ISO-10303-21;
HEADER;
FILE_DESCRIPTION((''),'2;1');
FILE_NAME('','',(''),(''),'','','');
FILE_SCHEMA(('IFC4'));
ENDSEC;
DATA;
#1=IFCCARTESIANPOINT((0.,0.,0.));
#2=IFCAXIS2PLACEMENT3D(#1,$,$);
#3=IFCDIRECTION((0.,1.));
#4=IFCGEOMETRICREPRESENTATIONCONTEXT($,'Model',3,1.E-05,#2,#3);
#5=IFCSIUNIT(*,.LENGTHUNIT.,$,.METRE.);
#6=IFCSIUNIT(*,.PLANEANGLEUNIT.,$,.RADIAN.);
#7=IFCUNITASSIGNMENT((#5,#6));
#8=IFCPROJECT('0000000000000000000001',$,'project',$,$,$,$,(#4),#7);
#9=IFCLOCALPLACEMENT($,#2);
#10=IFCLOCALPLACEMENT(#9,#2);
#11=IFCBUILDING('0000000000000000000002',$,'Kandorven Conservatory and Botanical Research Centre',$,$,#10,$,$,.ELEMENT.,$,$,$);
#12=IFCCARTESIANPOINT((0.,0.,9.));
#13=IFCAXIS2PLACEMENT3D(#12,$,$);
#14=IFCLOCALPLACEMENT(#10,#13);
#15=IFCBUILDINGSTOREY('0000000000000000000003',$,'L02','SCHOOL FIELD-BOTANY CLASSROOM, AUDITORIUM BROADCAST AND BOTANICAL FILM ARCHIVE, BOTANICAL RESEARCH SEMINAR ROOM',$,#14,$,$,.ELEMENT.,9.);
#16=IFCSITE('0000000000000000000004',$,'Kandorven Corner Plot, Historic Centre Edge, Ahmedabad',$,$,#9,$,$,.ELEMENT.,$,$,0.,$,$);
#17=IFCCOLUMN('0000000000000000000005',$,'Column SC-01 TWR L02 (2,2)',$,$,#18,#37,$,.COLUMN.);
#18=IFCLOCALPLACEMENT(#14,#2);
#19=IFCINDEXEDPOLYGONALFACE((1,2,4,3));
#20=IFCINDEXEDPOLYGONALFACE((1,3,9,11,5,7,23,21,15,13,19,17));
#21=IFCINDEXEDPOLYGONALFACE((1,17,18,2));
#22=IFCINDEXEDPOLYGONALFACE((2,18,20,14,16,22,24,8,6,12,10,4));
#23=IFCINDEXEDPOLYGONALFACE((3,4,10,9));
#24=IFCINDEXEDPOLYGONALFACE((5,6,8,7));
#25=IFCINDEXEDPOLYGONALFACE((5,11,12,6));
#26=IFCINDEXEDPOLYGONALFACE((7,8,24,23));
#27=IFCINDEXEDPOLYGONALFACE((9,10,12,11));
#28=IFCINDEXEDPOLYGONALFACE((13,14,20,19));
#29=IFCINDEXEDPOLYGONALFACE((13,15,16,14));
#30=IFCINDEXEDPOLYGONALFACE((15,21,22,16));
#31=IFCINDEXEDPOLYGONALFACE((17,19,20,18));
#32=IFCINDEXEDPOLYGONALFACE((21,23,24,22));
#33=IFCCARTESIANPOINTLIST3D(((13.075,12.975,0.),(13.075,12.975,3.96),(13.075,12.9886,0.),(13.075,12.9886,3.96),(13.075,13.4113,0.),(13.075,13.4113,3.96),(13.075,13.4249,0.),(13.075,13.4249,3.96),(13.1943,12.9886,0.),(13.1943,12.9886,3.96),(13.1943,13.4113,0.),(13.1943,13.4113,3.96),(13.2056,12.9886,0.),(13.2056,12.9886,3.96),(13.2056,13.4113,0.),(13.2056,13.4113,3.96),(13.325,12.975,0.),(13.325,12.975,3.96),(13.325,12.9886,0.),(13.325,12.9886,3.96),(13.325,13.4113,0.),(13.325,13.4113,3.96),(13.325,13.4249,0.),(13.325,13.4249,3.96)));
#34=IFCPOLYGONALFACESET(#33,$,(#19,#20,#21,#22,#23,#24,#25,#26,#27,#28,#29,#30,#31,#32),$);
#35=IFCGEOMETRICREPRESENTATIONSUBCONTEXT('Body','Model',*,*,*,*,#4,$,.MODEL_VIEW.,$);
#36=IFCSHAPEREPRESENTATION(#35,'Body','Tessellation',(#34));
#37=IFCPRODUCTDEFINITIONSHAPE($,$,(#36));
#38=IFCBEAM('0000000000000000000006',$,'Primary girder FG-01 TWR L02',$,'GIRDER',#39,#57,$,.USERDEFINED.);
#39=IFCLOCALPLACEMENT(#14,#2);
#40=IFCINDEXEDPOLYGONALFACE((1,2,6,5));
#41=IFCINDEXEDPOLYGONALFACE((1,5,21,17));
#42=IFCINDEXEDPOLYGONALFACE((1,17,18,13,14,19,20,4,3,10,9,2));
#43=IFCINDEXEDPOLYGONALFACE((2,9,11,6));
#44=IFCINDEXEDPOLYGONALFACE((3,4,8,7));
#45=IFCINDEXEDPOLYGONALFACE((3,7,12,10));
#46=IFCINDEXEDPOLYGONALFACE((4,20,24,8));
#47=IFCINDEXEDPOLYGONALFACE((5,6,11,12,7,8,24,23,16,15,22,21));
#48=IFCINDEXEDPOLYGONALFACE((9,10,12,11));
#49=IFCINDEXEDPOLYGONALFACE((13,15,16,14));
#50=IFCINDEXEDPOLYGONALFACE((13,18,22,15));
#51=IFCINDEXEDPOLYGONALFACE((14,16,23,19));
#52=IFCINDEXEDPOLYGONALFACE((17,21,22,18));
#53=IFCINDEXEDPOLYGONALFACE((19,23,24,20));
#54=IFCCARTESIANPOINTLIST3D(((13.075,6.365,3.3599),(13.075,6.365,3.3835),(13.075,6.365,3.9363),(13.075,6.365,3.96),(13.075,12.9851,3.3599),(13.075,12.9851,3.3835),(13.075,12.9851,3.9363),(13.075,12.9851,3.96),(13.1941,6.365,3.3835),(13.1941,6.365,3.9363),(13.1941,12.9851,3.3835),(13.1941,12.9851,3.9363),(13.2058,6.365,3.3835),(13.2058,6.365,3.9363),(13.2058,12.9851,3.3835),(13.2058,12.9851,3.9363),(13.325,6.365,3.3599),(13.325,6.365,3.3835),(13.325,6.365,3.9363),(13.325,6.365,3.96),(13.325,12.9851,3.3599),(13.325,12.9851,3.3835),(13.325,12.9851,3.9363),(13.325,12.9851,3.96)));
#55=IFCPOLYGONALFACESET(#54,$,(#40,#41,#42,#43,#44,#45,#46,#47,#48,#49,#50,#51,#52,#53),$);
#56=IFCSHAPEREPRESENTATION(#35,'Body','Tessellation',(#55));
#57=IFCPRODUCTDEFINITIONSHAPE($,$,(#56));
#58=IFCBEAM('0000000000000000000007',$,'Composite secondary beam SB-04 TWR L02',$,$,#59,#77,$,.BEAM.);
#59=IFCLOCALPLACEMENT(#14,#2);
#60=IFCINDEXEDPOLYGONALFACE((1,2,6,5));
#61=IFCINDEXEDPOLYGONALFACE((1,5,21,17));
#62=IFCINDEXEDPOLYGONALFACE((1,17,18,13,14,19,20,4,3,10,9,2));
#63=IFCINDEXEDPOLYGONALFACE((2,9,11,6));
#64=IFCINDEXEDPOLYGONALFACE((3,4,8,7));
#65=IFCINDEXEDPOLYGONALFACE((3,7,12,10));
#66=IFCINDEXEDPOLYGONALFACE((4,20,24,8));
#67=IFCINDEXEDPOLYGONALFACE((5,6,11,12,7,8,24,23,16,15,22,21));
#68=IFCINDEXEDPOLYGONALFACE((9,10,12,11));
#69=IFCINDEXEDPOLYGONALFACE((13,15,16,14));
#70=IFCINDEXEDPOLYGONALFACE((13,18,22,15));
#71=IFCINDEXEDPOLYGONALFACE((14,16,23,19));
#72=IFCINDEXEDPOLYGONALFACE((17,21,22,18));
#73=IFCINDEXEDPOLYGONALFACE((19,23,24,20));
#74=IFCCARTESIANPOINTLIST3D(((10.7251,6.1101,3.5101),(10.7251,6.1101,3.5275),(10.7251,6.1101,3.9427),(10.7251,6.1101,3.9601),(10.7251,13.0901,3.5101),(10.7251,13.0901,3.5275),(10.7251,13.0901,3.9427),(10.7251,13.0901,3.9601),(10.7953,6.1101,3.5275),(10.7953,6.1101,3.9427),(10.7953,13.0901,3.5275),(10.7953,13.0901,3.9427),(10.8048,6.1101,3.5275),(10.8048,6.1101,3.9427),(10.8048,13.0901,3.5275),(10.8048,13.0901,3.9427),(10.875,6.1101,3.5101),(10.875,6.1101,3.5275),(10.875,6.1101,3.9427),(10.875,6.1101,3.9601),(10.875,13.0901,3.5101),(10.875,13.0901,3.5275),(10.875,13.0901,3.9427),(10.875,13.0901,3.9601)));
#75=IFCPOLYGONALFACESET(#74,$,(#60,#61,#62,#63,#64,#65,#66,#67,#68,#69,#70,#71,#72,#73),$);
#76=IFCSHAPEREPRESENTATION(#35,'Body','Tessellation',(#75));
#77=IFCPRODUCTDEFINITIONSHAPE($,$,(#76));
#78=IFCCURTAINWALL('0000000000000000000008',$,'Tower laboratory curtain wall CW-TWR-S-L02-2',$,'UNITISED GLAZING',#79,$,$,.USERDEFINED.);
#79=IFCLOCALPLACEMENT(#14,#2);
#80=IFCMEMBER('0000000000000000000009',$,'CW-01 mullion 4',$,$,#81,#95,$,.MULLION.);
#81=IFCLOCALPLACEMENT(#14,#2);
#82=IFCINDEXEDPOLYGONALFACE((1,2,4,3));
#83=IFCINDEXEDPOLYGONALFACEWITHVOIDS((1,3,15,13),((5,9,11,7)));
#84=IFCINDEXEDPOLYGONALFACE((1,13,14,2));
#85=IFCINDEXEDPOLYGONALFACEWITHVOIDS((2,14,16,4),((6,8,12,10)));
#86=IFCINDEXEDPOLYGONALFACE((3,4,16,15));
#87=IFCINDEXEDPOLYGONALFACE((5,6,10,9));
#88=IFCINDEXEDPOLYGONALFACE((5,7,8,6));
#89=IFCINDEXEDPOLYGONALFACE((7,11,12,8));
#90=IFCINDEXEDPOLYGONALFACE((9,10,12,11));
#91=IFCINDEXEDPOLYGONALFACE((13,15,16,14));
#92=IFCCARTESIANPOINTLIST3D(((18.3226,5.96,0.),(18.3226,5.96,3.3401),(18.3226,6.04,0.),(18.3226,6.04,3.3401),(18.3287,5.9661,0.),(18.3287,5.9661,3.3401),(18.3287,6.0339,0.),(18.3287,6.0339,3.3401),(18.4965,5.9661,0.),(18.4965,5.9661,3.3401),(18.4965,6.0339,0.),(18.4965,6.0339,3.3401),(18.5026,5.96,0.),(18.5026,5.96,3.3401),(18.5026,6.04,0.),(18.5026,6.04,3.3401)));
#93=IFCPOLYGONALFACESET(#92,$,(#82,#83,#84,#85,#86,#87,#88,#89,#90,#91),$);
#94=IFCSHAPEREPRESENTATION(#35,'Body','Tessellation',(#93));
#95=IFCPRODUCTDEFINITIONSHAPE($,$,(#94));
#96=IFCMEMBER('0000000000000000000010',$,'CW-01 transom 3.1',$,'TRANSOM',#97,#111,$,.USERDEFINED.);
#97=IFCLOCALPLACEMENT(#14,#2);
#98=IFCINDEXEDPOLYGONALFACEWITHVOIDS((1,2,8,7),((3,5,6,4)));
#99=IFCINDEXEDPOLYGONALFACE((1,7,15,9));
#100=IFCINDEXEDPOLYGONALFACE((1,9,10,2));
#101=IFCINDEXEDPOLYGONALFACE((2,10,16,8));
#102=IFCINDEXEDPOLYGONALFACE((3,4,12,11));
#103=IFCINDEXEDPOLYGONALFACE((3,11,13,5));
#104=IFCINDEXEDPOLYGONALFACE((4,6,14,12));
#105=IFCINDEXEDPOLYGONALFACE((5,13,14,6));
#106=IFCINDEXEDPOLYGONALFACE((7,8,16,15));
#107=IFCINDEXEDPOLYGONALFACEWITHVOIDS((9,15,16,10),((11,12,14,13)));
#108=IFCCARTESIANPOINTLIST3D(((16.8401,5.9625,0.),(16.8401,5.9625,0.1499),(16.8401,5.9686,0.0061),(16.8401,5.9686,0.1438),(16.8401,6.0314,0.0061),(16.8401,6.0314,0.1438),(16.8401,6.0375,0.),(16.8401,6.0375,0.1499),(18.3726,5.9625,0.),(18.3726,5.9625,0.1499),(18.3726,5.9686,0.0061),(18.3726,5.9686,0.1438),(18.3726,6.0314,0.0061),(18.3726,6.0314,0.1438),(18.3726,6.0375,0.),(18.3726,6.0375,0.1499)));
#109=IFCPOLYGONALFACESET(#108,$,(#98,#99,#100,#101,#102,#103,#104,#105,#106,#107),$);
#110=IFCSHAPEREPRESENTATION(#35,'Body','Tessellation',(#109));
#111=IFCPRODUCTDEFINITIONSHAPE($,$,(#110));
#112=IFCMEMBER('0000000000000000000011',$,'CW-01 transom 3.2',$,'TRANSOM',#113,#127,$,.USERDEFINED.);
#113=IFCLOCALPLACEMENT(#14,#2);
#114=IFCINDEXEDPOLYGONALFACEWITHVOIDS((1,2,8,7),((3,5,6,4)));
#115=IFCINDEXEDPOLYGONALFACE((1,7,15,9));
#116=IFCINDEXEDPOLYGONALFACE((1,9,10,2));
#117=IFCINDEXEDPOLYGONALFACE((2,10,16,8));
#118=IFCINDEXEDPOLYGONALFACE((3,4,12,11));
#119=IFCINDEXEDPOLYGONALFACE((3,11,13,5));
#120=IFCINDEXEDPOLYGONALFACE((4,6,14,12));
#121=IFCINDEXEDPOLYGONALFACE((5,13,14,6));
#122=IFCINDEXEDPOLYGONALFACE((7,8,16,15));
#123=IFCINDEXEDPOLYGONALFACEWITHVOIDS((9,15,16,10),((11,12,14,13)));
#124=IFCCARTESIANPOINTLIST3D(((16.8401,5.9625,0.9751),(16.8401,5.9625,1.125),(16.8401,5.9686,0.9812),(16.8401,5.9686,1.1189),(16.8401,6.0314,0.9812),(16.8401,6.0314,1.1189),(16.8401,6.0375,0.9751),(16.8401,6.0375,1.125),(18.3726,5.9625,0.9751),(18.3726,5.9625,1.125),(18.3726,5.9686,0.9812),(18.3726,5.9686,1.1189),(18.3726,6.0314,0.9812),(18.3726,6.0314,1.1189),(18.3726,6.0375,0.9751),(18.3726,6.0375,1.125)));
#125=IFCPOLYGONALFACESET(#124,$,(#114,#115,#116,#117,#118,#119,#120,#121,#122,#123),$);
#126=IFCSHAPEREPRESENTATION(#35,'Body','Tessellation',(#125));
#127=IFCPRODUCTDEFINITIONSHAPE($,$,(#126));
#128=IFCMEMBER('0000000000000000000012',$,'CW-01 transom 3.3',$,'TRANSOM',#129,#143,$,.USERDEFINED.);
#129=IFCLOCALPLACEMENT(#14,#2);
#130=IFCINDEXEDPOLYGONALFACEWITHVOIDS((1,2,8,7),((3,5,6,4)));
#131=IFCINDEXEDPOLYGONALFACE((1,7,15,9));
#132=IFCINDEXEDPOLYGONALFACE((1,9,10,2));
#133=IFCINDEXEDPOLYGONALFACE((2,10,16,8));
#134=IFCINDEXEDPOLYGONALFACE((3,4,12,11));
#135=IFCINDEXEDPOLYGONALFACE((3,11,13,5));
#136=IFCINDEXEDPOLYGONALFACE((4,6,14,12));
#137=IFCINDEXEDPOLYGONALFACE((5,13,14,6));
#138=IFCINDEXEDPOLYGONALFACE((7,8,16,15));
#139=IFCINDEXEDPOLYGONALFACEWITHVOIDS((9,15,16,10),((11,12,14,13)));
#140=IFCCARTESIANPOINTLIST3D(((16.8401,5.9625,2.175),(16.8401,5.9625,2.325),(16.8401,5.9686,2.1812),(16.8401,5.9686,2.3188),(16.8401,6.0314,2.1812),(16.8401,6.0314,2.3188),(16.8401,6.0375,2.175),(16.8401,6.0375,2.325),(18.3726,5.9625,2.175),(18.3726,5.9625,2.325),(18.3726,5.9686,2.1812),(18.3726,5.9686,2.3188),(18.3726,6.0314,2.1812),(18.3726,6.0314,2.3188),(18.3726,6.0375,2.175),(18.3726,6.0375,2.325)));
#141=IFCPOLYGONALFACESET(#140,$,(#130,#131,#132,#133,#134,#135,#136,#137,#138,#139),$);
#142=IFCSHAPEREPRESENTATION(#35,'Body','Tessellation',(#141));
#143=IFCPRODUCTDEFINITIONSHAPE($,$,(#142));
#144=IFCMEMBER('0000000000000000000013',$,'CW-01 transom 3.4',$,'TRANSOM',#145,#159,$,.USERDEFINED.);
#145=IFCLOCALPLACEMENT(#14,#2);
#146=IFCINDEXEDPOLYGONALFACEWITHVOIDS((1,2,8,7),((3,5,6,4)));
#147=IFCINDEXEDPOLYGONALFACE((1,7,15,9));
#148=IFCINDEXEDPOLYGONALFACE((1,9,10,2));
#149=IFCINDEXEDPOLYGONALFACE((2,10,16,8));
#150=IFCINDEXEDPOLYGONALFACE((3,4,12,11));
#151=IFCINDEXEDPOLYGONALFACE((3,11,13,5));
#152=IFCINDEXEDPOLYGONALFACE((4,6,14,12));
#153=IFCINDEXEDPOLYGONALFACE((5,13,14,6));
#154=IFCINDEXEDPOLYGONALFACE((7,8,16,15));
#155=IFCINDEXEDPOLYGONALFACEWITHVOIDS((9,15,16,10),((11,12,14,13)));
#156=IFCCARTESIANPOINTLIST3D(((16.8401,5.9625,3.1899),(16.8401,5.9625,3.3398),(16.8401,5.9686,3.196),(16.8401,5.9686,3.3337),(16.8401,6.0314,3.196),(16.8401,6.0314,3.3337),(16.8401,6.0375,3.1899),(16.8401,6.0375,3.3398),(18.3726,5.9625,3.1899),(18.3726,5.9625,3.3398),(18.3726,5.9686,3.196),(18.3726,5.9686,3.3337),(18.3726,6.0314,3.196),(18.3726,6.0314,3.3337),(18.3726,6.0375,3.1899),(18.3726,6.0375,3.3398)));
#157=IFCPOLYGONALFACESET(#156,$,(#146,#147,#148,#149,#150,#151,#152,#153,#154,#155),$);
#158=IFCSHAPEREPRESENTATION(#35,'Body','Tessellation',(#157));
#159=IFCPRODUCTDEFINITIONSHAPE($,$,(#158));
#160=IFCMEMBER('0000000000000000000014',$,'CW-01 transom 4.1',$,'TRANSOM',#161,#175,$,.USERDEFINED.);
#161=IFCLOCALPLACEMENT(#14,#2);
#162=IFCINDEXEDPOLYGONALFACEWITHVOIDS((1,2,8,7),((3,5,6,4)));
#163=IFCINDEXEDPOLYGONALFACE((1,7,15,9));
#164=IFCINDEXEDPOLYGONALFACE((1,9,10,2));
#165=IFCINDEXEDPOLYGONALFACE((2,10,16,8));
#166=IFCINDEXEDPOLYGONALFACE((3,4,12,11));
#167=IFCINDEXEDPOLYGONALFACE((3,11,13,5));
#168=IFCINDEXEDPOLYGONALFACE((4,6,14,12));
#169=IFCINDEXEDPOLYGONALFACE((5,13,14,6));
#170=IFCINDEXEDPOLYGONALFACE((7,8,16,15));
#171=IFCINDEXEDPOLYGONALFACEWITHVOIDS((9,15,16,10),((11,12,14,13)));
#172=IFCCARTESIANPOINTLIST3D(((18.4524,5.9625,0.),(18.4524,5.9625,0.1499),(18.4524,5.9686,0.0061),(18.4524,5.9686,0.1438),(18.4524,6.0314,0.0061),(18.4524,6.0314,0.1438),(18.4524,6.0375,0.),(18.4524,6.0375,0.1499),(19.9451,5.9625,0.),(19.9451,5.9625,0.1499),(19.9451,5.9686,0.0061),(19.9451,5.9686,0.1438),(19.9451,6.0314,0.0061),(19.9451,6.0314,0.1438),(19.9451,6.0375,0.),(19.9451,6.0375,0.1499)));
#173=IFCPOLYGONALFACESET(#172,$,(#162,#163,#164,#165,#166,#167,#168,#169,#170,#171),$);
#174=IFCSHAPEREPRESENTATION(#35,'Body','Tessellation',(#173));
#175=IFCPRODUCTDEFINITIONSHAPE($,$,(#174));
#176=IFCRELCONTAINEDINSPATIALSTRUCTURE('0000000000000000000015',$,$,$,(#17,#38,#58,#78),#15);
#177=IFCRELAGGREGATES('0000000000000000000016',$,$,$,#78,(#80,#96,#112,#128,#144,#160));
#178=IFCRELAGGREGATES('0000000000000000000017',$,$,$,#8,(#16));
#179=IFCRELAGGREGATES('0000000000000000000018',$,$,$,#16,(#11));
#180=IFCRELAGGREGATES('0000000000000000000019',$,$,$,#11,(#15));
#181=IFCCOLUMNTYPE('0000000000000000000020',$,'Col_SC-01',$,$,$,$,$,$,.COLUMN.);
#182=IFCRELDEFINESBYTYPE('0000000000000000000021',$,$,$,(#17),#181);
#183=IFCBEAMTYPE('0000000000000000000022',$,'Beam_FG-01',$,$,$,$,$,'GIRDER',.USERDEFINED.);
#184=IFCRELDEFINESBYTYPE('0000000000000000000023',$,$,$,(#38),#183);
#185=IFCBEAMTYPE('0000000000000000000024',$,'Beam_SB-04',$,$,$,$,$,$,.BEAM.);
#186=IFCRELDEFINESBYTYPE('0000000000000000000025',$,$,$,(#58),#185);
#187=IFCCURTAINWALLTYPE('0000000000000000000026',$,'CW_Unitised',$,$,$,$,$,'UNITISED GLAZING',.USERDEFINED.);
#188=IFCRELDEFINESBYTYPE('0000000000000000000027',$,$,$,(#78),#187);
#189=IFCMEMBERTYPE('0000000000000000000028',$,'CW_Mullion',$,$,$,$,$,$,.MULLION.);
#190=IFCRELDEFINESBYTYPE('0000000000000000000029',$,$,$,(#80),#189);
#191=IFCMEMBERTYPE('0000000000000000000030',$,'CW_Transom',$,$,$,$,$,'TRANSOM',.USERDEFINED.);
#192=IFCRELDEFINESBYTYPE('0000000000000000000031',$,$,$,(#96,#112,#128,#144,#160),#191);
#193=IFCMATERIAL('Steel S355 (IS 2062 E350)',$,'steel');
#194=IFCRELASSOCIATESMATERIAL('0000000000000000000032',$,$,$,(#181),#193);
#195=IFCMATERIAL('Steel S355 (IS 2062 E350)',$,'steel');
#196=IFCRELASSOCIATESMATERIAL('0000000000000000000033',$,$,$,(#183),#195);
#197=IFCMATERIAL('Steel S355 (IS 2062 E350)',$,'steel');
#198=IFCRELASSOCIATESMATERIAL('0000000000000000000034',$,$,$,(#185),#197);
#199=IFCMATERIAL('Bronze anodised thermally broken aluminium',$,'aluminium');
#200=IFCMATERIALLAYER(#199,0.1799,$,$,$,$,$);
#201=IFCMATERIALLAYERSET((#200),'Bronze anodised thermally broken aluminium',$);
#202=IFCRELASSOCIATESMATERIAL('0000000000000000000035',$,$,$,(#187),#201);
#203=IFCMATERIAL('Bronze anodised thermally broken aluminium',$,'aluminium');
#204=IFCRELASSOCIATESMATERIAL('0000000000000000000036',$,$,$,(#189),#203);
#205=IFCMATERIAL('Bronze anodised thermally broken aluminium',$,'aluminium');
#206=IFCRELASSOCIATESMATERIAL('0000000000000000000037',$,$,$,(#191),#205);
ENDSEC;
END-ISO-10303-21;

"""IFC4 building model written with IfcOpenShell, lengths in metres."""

from ifc_helpers import new_model, si_unit, direction, frame, origin, origin_2d, place, context, subcontext, project, spatial, hollow_rectangle, i_section, extrude, material, layer, layer_set, material_profile, profile_set, type_object, element, aggregate, save


model = new_model("IFC4")

# Units and contexts
model_context = context("Model", 3, precision=1e-05, world=origin(), true_north=direction((0.0, 1.0)))
body_context = subcontext(model_context, "Body", "Model", "MODEL_VIEW")
ifc_project = project(units=[si_unit("LENGTHUNIT", "METRE"), si_unit("PLANEANGLEUNIT", "RADIAN")], contexts=[model_context])

# Site, building, storey
site_placement = place(None, origin())
site = spatial("IfcSite", under=ifc_project, at=site_placement, Name="Kandorven Corner Plot, Historic Centre Edge, Ahmedabad", CompositionType="ELEMENT", RefElevation=0.0)
building_placement = place(site_placement, origin())
building = spatial("IfcBuilding", under=site, at=building_placement, Name="Kandorven Conservatory and Botanical Research Centre", CompositionType="ELEMENT")
storey_placement = place(building_placement, frame((0.0, 0.0, 9.0)))
storey = spatial("IfcBuildingStorey", under=building, at=storey_placement, Name="L02", Description="SCHOOL FIELD-BOTANY CLASSROOM, AUDITORIUM BROADCAST AND BOTANICAL FILM ARCHIVE, BOTANICAL RESEARCH SEMINAR ROOM", CompositionType="ELEMENT", Elevation=9.0)

# Column
ifc_material_1 = material(Name="Steel S355 (IS 2062 E350)", Category="steel")
ifc_material_profile_1 = material_profile(ifc_material_1, i_section(OverallWidth=0.25, OverallDepth=0.45, WebThickness=0.0112, FlangeThickness=0.0137, at=origin_2d()))
ifc_profile_set_1 = profile_set([ifc_material_profile_1], Name="Steel S355 (IS 2062 E350)")
column_type = type_object("IfcColumnType", Name="Col_SC-01", PredefinedType="COLUMN", material=ifc_profile_set_1)
column_placement = place(storey_placement, frame((13.2, 13.2, 0.0), z_axis=(0.0, 0.0, 1.0), x_axis=(1.0, 0.0, 0.0)))
element("IfcColumn", 1, at=column_placement, inside=storey, type_object=column_type, Name="Column SC-01 TWR L02 (2,2)", PredefinedType="COLUMN", context=body_context, shape_type="SweptSolid", body=[
    extrude(i_section(OverallWidth=0.25, OverallDepth=0.45, WebThickness=0.0112, FlangeThickness=0.0137, at=origin_2d()), origin(), (0.0, 0.0, 1.0), 3.96),
])

# Beams
ifc_material_2 = material(Name="Steel S355 (IS 2062 E350)", Category="steel")
ifc_material_profile_2 = material_profile(ifc_material_2, i_section(OverallWidth=0.25, OverallDepth=0.6001, WebThickness=0.0117, FlangeThickness=0.0237, at=origin_2d()))
ifc_profile_set_2 = profile_set([ifc_material_profile_2], Name="Steel S355 (IS 2062 E350)")
beam_type_1 = type_object("IfcBeamType", Name="Beam_FG-01", ElementType="GIRDER", PredefinedType="USERDEFINED", material=ifc_profile_set_2)
beam_1_placement = place(storey_placement, frame((13.2, 6.365, 3.6599), z_axis=(0.0, 1.0, 0.0), x_axis=(-1.0, 0.0, 0.0)))
element("IfcBeam", 2, at=beam_1_placement, inside=storey, type_object=beam_type_1, Name="Primary girder FG-01 TWR L02", ObjectType="GIRDER", PredefinedType="USERDEFINED", context=body_context, shape_type="SweptSolid", body=[
    extrude(i_section(OverallWidth=0.25, OverallDepth=0.6001, WebThickness=0.0117, FlangeThickness=0.0237, at=origin_2d()), origin(), (0.0, 0.0, 1.0), 6.6201),
])
ifc_material_3 = material(Name="Steel S355 (IS 2062 E350)", Category="steel")
ifc_material_profile_3 = material_profile(ifc_material_3, i_section(OverallWidth=0.1499, OverallDepth=0.45, WebThickness=0.0095, FlangeThickness=0.0173, at=origin_2d()))
ifc_profile_set_3 = profile_set([ifc_material_profile_3], Name="Steel S355 (IS 2062 E350)")
beam_type_2 = type_object("IfcBeamType", Name="Beam_SB-04", PredefinedType="BEAM", material=ifc_profile_set_3)
beam_2_placement = place(storey_placement, frame((10.8, 6.1101, 3.7351), z_axis=(0.0, 1.0, 0.0), x_axis=(-1.0, 0.0, 0.0)))
element("IfcBeam", 3, at=beam_2_placement, inside=storey, type_object=beam_type_2, Name="Composite secondary beam SB-04 TWR L02", PredefinedType="BEAM", context=body_context, shape_type="SweptSolid", body=[
    extrude(i_section(OverallWidth=0.1499, OverallDepth=0.45, WebThickness=0.0095, FlangeThickness=0.0173, at=origin_2d()), origin(), (0.0, 0.0, 1.0), 6.98),
])

# Curtain wall, members
ifc_material_4 = material(Name="Bronze anodised thermally broken aluminium", Category="aluminium")
ifc_layer_1 = layer(ifc_material_4, 0.1799)
ifc_layer_set_1 = layer_set([ifc_layer_1], Name="Bronze anodised thermally broken aluminium")
curtain_wall_type = type_object("IfcCurtainWallType", Name="CW_Unitised", ElementType="UNITISED GLAZING", PredefinedType="USERDEFINED", material=ifc_layer_set_1)
curtain_wall_placement = place(storey_placement, origin())
curtain_wall = element("IfcCurtainWall", 4, at=curtain_wall_placement, inside=storey, type_object=curtain_wall_type, Name="Tower laboratory curtain wall CW-TWR-S-L02-2", ObjectType="UNITISED GLAZING", PredefinedType="USERDEFINED")
ifc_material_5 = material(Name="Bronze anodised thermally broken aluminium", Category="aluminium")
ifc_material_profile_4 = material_profile(ifc_material_5, hollow_rectangle(XDim=0.0801, YDim=0.1799, WallThickness=0.0061, at=origin_2d()))
ifc_profile_set_4 = profile_set([ifc_material_profile_4], Name="Bronze anodised thermally broken aluminium")
member_type_1 = type_object("IfcMemberType", Name="CW_Mullion", PredefinedType="MULLION", material=ifc_profile_set_4)
member_1_placement = place(storey_placement, frame((18.4126, 6.0, 0.0), z_axis=(0.0, 0.0, 1.0), x_axis=(0.0, 1.0, 0.0)))
member_1 = element("IfcMember", 5, at=member_1_placement, type_object=member_type_1, Name="CW-01 mullion 4", PredefinedType="MULLION", context=body_context, shape_type="SweptSolid", body=[
    extrude(hollow_rectangle(XDim=0.0801, YDim=0.1799, WallThickness=0.0061, at=origin_2d()), origin(), (0.0, 0.0, 1.0), 3.3401),
])
ifc_material_6 = material(Name="Bronze anodised thermally broken aluminium", Category="aluminium")
ifc_material_profile_5 = material_profile(ifc_material_6, hollow_rectangle(XDim=0.075, YDim=0.1499, WallThickness=0.0061, at=origin_2d()))
ifc_profile_set_5 = profile_set([ifc_material_profile_5], Name="Bronze anodised thermally broken aluminium")
member_type_2 = type_object("IfcMemberType", Name="CW_Transom", ElementType="TRANSOM", PredefinedType="USERDEFINED", material=ifc_profile_set_5)
member_2_placement = place(storey_placement, frame((16.8401, 6.0, 0.075), z_axis=(1.0, 0.0, 0.0), x_axis=(0.0, 1.0, 0.0)))
member_2 = element("IfcMember", 6, at=member_2_placement, type_object=member_type_2, Name="CW-01 transom 3.1", ObjectType="TRANSOM", PredefinedType="USERDEFINED", context=body_context, shape_type="SweptSolid", body=[
    extrude(hollow_rectangle(XDim=0.075, YDim=0.1499, WallThickness=0.0061, at=origin_2d()), origin(), (0.0, 0.0, 1.0), 1.5325),
])
member_3_placement = place(storey_placement, frame((16.8401, 6.0, 1.05), z_axis=(1.0, 0.0, 0.0), x_axis=(0.0, 1.0, 0.0)))
member_3 = element("IfcMember", 7, at=member_3_placement, type_object=member_type_2, Name="CW-01 transom 3.2", ObjectType="TRANSOM", PredefinedType="USERDEFINED", context=body_context, shape_type="SweptSolid", body=[
    extrude(hollow_rectangle(XDim=0.075, YDim=0.1499, WallThickness=0.0061, at=origin_2d()), origin(), (0.0, 0.0, 1.0), 1.5325),
])
member_4_placement = place(storey_placement, frame((16.8401, 6.0, 2.25), z_axis=(1.0, 0.0, 0.0), x_axis=(0.0, 1.0, 0.0)))
member_4 = element("IfcMember", 8, at=member_4_placement, type_object=member_type_2, Name="CW-01 transom 3.3", ObjectType="TRANSOM", PredefinedType="USERDEFINED", context=body_context, shape_type="SweptSolid", body=[
    extrude(hollow_rectangle(XDim=0.075, YDim=0.1499, WallThickness=0.0061, at=origin_2d()), origin(), (0.0, 0.0, 1.0), 1.5325),
])
member_5_placement = place(storey_placement, frame((16.8401, 6.0, 3.2649), z_axis=(1.0, 0.0, 0.0), x_axis=(0.0, 1.0, 0.0)))
member_5 = element("IfcMember", 9, at=member_5_placement, type_object=member_type_2, Name="CW-01 transom 3.4", ObjectType="TRANSOM", PredefinedType="USERDEFINED", context=body_context, shape_type="SweptSolid", body=[
    extrude(hollow_rectangle(XDim=0.075, YDim=0.1499, WallThickness=0.0061, at=origin_2d()), origin(), (0.0, 0.0, 1.0), 1.5325),
])
member_6_placement = place(storey_placement, frame((18.4524, 6.0, 0.075), z_axis=(1.0, 0.0, 0.0), x_axis=(0.0, 1.0, 0.0)))
member_6 = element("IfcMember", 10, at=member_6_placement, type_object=member_type_2, Name="CW-01 transom 4.1", ObjectType="TRANSOM", PredefinedType="USERDEFINED", context=body_context, shape_type="SweptSolid", body=[
    extrude(hollow_rectangle(XDim=0.075, YDim=0.1499, WallThickness=0.0061, at=origin_2d()), origin(), (0.0, 0.0, 1.0), 1.4927),
])

aggregate(curtain_wall, [member_1, member_2, member_3, member_4, member_5, member_6])

save(model, "model.ifc")
